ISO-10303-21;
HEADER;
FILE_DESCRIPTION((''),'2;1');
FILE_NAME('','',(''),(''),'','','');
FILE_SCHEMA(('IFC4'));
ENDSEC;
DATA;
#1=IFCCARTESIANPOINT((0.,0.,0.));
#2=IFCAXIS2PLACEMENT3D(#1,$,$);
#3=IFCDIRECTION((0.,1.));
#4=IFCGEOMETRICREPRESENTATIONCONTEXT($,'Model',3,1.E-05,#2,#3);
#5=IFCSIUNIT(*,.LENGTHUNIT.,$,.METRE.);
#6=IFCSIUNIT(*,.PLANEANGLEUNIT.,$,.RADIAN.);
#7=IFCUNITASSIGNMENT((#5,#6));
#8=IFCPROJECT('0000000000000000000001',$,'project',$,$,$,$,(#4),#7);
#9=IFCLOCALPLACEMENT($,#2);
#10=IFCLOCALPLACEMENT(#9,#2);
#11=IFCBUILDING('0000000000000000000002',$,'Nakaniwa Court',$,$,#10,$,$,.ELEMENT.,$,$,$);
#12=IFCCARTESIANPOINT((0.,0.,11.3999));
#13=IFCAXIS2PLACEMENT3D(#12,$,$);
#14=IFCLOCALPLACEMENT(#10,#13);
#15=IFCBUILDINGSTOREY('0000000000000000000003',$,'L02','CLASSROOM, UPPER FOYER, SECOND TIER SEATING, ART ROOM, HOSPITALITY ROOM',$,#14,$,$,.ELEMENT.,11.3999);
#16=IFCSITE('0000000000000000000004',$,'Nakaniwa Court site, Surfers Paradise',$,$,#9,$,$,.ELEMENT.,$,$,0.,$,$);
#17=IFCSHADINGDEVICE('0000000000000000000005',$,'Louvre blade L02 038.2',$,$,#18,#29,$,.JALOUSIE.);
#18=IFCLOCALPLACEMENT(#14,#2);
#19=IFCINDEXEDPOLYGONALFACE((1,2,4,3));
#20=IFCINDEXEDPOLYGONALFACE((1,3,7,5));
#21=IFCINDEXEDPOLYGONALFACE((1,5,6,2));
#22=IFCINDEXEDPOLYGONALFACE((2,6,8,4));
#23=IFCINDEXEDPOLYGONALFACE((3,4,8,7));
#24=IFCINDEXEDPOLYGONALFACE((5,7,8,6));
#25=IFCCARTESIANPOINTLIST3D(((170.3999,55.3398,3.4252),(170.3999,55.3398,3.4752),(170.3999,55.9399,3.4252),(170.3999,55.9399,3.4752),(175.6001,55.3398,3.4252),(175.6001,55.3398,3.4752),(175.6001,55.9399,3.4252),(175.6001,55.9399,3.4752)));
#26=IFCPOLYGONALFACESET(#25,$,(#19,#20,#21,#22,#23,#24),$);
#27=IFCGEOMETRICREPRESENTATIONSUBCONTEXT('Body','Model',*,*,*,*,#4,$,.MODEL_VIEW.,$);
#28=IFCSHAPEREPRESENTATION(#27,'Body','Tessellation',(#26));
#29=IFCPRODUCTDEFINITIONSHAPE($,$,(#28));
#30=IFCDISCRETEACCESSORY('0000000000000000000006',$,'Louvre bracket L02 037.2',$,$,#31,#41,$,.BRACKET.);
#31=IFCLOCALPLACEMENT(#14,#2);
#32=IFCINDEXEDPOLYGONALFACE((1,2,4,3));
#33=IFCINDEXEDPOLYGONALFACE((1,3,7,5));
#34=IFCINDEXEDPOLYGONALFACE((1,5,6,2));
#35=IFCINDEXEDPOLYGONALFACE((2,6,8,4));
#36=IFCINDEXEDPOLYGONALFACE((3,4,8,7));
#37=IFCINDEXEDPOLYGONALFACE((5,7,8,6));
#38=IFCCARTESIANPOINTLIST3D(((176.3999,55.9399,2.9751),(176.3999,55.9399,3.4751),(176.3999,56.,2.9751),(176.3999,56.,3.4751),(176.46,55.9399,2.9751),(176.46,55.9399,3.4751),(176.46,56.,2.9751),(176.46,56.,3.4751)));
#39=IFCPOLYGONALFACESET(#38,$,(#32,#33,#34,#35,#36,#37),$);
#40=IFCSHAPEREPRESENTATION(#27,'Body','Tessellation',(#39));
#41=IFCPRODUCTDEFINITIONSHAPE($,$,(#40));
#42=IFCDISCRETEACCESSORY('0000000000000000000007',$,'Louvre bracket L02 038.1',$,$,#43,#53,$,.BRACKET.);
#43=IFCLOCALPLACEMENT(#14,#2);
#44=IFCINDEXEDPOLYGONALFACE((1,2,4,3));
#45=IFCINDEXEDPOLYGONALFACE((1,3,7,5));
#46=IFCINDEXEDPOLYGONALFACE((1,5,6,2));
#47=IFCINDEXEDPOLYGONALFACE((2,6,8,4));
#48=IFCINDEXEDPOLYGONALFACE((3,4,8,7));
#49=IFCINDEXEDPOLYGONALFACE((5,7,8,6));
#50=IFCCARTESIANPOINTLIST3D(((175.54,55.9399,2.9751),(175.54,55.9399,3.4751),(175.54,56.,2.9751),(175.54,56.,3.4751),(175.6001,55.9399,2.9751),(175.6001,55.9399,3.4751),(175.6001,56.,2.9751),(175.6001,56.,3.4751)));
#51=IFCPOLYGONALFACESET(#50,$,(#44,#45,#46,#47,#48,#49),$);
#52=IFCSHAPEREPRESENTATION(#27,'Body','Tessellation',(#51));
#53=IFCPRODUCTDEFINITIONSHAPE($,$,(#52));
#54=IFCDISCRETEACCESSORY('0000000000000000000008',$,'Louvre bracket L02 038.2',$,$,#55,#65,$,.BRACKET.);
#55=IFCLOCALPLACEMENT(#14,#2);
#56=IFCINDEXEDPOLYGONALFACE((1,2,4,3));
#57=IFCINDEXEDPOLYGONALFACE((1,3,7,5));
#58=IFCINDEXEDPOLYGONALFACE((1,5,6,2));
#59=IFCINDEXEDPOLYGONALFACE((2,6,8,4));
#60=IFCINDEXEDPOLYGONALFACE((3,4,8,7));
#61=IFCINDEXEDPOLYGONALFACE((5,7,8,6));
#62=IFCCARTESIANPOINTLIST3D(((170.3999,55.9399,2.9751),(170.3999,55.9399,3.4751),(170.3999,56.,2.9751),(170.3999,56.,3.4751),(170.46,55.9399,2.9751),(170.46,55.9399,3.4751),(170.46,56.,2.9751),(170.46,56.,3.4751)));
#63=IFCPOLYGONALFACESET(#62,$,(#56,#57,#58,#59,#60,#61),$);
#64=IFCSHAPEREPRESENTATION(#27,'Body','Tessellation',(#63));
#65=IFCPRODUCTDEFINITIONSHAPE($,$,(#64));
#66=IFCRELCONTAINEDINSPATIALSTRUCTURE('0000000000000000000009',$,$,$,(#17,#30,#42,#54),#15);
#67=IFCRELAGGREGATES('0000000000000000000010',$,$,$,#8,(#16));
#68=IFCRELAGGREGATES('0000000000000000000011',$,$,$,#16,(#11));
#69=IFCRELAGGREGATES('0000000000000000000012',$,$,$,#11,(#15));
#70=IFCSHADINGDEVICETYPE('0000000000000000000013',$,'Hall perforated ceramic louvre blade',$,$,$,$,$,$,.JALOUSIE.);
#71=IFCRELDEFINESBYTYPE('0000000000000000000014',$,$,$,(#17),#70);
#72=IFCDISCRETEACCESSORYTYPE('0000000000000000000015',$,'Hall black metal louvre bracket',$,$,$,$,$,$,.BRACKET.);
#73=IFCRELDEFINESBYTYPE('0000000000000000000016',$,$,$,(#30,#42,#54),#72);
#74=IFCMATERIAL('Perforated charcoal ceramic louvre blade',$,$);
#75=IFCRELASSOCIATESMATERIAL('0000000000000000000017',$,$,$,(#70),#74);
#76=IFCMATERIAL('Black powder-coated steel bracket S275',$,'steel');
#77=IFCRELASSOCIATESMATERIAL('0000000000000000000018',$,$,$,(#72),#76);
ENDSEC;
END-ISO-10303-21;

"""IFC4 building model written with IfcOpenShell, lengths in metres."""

from ifc_helpers import new_model, si_unit, direction, frame, origin, origin_2d, place, context, subcontext, project, spatial, rectangle, extrude, material, material_profile, profile_set, type_object, element, save


model = new_model("IFC4")

# Units and contexts
model_context = context("Model", 3, precision=1e-05, world=origin(), true_north=direction((0.0, 1.0)))
body_context = subcontext(model_context, "Body", "Model", "MODEL_VIEW")
ifc_project = project(units=[si_unit("LENGTHUNIT", "METRE"), si_unit("PLANEANGLEUNIT", "RADIAN")], contexts=[model_context])

# Site, building, storey
site_placement = place(None, origin())
site = spatial("IfcSite", under=ifc_project, at=site_placement, Name="Nakaniwa Court site, Surfers Paradise", CompositionType="ELEMENT", RefElevation=0.0)
building_placement = place(site_placement, origin())
building = spatial("IfcBuilding", under=site, at=building_placement, Name="Nakaniwa Court", CompositionType="ELEMENT")
storey_placement = place(building_placement, frame((0.0, 0.0, 11.3999)))
storey = spatial("IfcBuildingStorey", under=building, at=storey_placement, Name="L02", Description="CLASSROOM, UPPER FOYER, SECOND TIER SEATING, ART ROOM, HOSPITALITY ROOM", CompositionType="ELEMENT", Elevation=11.3999)

# Shading device
ifc_material_1 = material(Name="Perforated charcoal ceramic louvre blade")
ifc_material_profile_1 = material_profile(ifc_material_1, rectangle(XDim=0.6001, YDim=0.05, at=origin_2d()), Name="Hall perforated ceramic louvre blade")
ifc_profile_set_1 = profile_set([ifc_material_profile_1], Name="Perforated charcoal ceramic louvre blade")
shading_device_type = type_object("IfcShadingDeviceType", Name="Hall perforated ceramic louvre blade", PredefinedType="JALOUSIE", material=ifc_profile_set_1)
for number, where, z_axis, x_axis, name in (
    (1, (175.6001, 55.6399, 3.4502), (-1.0, 0.0, 0.0), (0.0, -1.0, 0.0), "Louvre blade L02 038.2"),
):
    element("IfcShadingDevice", number, at=place(storey_placement, frame(where, z_axis=z_axis, x_axis=x_axis)), inside=storey, type_object=shading_device_type, Name=name, PredefinedType="JALOUSIE", context=body_context, shape_type="SweptSolid", body=[
        extrude(rectangle(XDim=0.6001, YDim=0.05, at=origin_2d()), origin(), (0.0, 0.0, 1.0), 5.2002),
    ])

# Discrete accessories
ifc_material_2 = material(Name="Black powder-coated steel bracket S275", Category="steel")
discrete_accessory_type = type_object("IfcDiscreteAccessoryType", Name="Hall black metal louvre bracket", PredefinedType="BRACKET", material=ifc_material_2)
for number, where, z_axis, x_axis, name in (
    (2, (176.4299, 55.97, 2.9751), (0.0, 0.0, 1.0), (-1.0, 0.0, 0.0), "Louvre bracket L02 037.2"),
    (3, (175.5701, 55.97, 2.9751), (0.0, 0.0, 1.0), (-1.0, 0.0, 0.0), "Louvre bracket L02 038.1"),
    (4, (170.4299, 55.97, 2.9751), (0.0, 0.0, 1.0), (-1.0, 0.0, 0.0), "Louvre bracket L02 038.2"),
):
    element("IfcDiscreteAccessory", number, at=place(storey_placement, frame(where, z_axis=z_axis, x_axis=x_axis)), inside=storey, type_object=discrete_accessory_type, Name=name, PredefinedType="BRACKET", context=body_context, shape_type="SweptSolid", body=[
        extrude(rectangle(XDim=0.0601, YDim=0.0601, at=origin_2d()), origin(), (0.0, 0.0, 1.0), 0.5),
    ])

save(model, "model.ifc")
